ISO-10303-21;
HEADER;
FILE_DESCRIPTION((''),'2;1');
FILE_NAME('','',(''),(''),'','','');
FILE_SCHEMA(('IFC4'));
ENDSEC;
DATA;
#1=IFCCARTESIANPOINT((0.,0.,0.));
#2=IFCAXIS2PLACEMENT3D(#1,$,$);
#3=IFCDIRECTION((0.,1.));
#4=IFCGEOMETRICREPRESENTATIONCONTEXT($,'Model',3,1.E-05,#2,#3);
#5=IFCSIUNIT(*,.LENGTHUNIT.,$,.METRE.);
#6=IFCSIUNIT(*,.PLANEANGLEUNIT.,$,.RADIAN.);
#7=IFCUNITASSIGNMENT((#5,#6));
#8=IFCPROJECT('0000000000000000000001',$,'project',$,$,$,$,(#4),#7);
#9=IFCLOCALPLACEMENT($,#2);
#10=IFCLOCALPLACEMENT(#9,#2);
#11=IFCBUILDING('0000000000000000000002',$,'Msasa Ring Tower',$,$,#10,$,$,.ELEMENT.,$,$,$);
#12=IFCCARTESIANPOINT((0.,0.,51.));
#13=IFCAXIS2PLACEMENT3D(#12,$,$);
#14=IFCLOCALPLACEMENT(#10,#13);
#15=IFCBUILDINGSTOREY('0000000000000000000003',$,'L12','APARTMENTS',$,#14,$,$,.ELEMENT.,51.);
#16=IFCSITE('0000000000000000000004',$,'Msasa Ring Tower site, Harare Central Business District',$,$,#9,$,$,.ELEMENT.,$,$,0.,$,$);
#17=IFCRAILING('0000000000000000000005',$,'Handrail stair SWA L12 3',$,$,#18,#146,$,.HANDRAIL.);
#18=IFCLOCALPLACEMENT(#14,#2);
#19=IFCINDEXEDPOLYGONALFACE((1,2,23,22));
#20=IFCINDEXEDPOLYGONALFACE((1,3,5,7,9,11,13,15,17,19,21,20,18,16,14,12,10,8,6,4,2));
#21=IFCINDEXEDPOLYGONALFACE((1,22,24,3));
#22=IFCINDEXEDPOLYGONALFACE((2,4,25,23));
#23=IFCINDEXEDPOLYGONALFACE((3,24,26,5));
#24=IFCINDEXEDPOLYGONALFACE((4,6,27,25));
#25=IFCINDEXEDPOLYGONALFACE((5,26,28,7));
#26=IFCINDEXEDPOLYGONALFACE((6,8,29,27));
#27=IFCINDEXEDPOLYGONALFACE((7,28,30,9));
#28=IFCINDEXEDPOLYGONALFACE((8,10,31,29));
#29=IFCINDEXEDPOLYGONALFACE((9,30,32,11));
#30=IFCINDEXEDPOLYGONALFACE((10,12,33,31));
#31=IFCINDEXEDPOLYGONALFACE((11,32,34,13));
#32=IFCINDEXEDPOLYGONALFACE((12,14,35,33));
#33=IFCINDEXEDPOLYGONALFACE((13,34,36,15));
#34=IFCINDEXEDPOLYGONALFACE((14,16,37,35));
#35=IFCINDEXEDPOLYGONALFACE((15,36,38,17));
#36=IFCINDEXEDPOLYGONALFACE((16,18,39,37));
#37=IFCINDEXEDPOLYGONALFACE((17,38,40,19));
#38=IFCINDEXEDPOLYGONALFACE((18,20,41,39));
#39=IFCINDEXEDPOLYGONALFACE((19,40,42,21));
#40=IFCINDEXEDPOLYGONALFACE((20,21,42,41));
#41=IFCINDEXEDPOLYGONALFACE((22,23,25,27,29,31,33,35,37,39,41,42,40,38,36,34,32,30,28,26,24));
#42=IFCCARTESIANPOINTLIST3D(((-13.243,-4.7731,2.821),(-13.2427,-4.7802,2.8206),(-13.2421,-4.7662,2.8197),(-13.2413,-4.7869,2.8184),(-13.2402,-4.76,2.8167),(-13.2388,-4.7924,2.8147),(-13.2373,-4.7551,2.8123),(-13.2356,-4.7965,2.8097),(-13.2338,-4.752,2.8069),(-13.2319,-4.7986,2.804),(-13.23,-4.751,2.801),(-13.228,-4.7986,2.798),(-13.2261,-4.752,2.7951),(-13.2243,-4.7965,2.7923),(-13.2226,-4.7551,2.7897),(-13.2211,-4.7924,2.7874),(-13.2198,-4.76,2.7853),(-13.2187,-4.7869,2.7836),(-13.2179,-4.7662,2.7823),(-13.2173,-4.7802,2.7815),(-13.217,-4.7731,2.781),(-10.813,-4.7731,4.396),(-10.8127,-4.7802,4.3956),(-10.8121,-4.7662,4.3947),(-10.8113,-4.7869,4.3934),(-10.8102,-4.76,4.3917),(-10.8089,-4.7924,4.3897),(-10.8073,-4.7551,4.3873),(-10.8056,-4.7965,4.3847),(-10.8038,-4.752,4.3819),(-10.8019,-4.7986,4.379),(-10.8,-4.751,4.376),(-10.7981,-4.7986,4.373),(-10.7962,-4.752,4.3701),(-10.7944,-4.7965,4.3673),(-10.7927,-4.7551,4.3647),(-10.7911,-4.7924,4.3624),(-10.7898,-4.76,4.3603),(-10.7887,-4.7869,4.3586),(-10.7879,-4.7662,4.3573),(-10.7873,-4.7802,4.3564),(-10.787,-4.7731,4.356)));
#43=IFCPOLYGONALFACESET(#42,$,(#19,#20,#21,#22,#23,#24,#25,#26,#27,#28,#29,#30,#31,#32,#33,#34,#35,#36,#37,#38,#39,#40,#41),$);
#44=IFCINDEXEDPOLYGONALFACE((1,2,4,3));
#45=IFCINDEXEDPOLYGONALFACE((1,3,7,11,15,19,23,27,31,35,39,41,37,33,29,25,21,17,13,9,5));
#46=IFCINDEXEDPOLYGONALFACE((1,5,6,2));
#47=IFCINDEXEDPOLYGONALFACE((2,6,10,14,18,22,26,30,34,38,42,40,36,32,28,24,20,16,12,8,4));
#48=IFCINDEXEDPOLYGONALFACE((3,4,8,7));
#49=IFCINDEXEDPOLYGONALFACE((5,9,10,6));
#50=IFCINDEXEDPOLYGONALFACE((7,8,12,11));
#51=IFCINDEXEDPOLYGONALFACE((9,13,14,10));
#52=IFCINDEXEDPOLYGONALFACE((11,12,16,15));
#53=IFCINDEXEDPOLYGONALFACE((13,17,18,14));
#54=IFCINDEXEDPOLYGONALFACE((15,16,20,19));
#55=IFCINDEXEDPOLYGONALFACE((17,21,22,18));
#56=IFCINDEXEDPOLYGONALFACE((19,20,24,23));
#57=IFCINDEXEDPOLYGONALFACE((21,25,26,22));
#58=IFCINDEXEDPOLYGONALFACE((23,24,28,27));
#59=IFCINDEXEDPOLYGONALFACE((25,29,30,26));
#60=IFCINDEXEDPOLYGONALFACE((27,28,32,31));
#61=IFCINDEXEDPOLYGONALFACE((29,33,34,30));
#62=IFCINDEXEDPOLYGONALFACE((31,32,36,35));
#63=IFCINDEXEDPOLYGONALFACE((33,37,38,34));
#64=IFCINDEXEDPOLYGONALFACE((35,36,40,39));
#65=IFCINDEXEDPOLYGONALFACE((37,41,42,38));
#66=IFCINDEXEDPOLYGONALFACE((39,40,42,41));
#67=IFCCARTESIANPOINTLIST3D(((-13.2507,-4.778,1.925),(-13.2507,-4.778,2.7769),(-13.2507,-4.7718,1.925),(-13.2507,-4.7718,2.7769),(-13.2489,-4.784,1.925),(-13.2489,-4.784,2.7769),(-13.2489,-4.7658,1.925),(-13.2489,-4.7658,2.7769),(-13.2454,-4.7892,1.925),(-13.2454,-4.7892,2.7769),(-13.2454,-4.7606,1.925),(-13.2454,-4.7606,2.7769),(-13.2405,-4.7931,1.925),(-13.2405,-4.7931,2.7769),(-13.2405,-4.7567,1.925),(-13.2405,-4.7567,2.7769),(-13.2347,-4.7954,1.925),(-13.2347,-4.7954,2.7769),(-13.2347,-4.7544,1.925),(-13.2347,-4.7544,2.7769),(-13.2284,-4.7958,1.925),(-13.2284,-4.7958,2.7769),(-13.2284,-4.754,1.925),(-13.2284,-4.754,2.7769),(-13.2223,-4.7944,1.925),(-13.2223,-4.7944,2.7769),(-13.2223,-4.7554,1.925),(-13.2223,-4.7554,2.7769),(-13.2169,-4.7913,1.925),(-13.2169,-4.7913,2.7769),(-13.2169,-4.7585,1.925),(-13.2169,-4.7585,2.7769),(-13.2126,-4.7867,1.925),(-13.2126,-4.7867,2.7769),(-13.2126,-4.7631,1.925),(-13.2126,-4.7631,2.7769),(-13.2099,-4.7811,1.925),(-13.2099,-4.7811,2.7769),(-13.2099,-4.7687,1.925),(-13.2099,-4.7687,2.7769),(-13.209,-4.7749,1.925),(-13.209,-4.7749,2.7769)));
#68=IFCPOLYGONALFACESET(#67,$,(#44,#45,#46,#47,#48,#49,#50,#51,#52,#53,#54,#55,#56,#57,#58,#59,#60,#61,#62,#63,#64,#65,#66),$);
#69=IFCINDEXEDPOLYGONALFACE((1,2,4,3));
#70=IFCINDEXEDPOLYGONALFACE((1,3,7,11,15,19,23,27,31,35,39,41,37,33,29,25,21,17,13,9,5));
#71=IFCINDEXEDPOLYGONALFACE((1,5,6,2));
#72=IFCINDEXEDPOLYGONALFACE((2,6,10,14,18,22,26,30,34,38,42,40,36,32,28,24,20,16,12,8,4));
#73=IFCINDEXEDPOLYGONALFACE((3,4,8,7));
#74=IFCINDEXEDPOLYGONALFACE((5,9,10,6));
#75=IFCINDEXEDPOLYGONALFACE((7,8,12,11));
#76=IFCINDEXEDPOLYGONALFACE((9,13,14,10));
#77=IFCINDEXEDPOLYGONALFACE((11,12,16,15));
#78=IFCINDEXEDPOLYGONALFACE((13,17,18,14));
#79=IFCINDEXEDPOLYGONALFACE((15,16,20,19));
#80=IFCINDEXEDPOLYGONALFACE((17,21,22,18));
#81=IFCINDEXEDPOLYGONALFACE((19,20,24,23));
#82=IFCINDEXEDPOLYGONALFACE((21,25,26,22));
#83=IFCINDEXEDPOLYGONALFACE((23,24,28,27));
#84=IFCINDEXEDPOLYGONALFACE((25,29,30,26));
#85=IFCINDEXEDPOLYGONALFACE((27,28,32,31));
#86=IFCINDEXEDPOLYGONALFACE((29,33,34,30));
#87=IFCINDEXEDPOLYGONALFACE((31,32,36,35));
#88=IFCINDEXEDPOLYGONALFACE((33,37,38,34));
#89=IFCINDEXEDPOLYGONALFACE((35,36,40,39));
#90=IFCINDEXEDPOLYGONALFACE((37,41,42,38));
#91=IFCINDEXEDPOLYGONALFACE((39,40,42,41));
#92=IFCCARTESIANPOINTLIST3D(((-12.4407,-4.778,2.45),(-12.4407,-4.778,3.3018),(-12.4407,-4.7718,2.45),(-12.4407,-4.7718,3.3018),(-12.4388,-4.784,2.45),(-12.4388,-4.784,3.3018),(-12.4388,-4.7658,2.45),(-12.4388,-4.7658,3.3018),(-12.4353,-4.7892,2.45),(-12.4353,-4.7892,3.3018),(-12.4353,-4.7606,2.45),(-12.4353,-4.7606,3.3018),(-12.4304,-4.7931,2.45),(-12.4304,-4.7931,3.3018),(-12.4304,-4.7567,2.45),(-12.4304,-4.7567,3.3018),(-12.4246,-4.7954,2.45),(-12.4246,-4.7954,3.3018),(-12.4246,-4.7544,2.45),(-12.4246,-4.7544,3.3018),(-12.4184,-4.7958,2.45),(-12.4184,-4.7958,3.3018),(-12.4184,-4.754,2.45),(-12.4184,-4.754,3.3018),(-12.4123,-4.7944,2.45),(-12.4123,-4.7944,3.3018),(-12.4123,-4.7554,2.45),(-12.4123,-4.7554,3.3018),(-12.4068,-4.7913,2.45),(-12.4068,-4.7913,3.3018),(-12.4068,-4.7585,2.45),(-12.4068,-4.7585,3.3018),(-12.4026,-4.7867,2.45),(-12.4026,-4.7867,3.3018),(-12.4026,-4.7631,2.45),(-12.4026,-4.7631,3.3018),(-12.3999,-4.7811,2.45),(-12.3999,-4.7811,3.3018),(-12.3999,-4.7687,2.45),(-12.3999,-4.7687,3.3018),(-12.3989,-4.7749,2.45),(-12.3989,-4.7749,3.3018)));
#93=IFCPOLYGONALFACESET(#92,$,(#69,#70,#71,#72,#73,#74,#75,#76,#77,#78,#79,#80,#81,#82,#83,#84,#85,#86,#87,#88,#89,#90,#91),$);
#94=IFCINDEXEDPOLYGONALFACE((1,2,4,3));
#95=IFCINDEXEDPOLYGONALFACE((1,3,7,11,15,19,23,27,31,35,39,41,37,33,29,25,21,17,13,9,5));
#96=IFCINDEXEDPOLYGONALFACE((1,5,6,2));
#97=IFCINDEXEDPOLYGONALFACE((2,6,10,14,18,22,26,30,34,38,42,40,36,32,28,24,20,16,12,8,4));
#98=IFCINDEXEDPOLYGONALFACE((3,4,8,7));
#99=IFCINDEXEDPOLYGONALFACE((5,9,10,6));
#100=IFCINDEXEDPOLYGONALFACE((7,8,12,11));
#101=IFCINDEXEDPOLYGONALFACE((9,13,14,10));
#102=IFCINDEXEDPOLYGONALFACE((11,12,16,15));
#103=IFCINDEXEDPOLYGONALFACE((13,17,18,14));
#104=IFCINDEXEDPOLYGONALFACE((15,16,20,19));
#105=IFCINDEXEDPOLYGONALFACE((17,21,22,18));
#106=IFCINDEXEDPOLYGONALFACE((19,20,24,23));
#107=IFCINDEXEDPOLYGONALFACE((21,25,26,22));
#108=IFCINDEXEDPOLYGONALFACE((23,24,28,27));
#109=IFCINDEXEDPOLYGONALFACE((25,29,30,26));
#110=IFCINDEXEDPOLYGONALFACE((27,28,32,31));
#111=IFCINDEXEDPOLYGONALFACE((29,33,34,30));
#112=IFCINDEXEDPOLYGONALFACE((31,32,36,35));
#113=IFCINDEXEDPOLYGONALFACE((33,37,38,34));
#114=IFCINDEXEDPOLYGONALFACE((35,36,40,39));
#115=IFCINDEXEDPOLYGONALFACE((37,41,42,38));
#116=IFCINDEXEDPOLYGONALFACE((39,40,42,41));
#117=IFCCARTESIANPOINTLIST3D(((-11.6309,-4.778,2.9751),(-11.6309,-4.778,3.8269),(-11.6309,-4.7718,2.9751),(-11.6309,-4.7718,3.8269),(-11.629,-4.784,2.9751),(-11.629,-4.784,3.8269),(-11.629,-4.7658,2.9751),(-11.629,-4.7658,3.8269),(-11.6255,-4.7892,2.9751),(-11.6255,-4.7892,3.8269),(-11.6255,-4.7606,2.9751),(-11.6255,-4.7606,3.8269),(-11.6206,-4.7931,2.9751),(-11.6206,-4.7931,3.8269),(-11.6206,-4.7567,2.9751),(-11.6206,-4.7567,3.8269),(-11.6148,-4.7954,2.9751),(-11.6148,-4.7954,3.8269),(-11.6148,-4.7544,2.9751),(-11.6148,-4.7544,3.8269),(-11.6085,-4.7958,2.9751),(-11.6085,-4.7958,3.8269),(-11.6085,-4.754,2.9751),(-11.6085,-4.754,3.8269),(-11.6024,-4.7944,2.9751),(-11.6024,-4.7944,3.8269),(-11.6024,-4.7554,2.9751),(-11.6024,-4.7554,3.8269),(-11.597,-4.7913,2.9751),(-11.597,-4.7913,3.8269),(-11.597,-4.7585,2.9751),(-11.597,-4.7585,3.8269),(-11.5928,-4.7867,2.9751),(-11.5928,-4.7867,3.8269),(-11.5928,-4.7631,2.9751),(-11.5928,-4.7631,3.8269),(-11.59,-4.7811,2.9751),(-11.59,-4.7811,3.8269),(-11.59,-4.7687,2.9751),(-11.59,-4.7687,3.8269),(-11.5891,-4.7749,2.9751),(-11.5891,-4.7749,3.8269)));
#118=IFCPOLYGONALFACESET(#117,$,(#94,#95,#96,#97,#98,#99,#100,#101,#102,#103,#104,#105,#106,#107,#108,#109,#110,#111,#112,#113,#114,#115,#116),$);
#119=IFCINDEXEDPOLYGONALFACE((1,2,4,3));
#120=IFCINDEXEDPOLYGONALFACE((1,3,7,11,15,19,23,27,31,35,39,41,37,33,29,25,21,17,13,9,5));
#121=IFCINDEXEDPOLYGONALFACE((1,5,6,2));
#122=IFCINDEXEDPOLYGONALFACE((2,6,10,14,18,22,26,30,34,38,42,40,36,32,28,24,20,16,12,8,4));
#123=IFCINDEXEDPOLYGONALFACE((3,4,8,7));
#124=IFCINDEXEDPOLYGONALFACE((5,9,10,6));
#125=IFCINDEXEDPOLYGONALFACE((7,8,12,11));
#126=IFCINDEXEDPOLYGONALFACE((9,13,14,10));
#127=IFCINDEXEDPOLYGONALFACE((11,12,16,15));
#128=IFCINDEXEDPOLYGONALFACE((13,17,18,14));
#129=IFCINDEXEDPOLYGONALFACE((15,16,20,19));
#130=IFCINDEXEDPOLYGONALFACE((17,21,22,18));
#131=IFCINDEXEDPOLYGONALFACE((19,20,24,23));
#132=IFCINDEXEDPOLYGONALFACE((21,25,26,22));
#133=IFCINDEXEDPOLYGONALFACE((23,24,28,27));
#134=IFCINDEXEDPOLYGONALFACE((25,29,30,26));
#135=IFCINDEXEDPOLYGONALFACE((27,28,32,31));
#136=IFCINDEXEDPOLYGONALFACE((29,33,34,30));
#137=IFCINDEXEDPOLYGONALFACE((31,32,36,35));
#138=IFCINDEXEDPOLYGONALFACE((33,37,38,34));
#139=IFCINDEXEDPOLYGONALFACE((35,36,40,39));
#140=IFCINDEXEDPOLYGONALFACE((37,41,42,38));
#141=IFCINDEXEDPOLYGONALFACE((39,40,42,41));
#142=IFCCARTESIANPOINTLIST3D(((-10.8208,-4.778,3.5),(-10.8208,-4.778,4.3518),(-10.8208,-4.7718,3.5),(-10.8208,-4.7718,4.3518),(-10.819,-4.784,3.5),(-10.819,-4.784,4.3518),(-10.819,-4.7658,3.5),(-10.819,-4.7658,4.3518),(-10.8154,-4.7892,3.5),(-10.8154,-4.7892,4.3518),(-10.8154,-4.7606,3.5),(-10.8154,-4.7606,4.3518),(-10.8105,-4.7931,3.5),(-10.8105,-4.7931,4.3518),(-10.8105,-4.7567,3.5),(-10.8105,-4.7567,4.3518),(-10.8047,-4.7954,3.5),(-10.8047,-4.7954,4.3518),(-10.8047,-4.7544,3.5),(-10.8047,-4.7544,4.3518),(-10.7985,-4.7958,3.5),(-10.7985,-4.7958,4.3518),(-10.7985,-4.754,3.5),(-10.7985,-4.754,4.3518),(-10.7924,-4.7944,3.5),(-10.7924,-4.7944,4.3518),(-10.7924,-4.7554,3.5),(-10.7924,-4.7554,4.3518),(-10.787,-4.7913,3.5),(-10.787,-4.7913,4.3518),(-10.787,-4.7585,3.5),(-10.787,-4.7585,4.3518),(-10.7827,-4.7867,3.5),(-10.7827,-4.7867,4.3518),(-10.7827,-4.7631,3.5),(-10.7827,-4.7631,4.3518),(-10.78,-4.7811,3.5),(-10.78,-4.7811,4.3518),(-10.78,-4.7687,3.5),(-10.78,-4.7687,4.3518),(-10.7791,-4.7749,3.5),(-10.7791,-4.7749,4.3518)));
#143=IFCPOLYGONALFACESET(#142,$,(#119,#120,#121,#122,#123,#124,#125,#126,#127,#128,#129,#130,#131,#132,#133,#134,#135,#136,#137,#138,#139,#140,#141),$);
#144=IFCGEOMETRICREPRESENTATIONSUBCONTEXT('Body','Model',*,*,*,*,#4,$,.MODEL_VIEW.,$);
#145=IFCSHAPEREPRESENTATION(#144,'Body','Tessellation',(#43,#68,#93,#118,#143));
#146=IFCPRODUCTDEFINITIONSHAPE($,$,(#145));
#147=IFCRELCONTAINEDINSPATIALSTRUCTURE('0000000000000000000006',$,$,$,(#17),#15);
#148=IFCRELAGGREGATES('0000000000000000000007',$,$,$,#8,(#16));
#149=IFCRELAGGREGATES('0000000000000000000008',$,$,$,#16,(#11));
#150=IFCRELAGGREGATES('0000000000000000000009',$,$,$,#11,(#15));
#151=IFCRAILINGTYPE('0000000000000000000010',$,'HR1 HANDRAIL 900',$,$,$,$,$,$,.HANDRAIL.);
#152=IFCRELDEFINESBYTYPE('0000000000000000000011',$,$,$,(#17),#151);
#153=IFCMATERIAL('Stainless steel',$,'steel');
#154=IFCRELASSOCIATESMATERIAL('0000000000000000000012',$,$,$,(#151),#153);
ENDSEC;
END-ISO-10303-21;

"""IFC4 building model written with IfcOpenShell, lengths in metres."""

from ifc_helpers import new_model, si_unit, direction, frame, origin, origin_2d, place, context, subcontext, project, spatial, circle, extrude, material, type_object, element, save


model = new_model("IFC4")

# Units and contexts
model_context = context("Model", 3, precision=1e-05, world=origin(), true_north=direction((0.0, 1.0)))
body_context = subcontext(model_context, "Body", "Model", "MODEL_VIEW")
ifc_project = project(units=[si_unit("LENGTHUNIT", "METRE"), si_unit("PLANEANGLEUNIT", "RADIAN")], contexts=[model_context])

# Site, building, storey
site_placement = place(None, origin())
site = spatial("IfcSite", under=ifc_project, at=site_placement, Name="Msasa Ring Tower site, Harare Central Business District", CompositionType="ELEMENT", RefElevation=0.0)
building_placement = place(site_placement, origin())
building = spatial("IfcBuilding", under=site, at=building_placement, Name="Msasa Ring Tower", CompositionType="ELEMENT")
storey_placement = place(building_placement, frame((0.0, 0.0, 51.0)))
storey = spatial("IfcBuildingStorey", under=building, at=storey_placement, Name="L12", Description="APARTMENTS", CompositionType="ELEMENT", Elevation=51.0)

# Railing
ifc_material_1 = material(Name="Stainless steel", Category="steel")
railing_type = type_object("IfcRailingType", Name="HR1 HANDRAIL 900", PredefinedType="HANDRAIL", material=ifc_material_1)
for number, where, name in (
    (1, (-13.23, -4.7749, 1.925), "Handrail stair SWA L12 3"),
):
    element("IfcRailing", number, at=place(storey_placement, frame(where)), inside=storey, type_object=railing_type, Name=name, PredefinedType="HANDRAIL", context=body_context, shape_type="SweptSolid", body=[
        extrude(circle(Radius=0.0239, at=origin_2d()), frame((0.0, 0.0, 0.876), z_axis=(0.839154, 0.0, 0.543894), x_axis=(0.0, 1.0, 0.0)), (0.0, 0.0, 1.0), 2.8958),
        extrude(circle(Radius=0.021, at=origin_2d()), origin(), (0.0, 0.0, 1.0), 0.8518),
        extrude(circle(Radius=0.021, at=origin_2d()), frame((0.8101, 0.0, 0.5249)), (0.0, 0.0, 1.0), 0.8518),
        extrude(circle(Radius=0.021, at=origin_2d()), frame((1.6199, 0.0, 1.05)), (0.0, 0.0, 1.0), 0.8518),
        extrude(circle(Radius=0.021, at=origin_2d()), frame((2.4299, 0.0, 1.575)), (0.0, 0.0, 1.0), 0.8518),
    ])

save(model, "model.ifc")
